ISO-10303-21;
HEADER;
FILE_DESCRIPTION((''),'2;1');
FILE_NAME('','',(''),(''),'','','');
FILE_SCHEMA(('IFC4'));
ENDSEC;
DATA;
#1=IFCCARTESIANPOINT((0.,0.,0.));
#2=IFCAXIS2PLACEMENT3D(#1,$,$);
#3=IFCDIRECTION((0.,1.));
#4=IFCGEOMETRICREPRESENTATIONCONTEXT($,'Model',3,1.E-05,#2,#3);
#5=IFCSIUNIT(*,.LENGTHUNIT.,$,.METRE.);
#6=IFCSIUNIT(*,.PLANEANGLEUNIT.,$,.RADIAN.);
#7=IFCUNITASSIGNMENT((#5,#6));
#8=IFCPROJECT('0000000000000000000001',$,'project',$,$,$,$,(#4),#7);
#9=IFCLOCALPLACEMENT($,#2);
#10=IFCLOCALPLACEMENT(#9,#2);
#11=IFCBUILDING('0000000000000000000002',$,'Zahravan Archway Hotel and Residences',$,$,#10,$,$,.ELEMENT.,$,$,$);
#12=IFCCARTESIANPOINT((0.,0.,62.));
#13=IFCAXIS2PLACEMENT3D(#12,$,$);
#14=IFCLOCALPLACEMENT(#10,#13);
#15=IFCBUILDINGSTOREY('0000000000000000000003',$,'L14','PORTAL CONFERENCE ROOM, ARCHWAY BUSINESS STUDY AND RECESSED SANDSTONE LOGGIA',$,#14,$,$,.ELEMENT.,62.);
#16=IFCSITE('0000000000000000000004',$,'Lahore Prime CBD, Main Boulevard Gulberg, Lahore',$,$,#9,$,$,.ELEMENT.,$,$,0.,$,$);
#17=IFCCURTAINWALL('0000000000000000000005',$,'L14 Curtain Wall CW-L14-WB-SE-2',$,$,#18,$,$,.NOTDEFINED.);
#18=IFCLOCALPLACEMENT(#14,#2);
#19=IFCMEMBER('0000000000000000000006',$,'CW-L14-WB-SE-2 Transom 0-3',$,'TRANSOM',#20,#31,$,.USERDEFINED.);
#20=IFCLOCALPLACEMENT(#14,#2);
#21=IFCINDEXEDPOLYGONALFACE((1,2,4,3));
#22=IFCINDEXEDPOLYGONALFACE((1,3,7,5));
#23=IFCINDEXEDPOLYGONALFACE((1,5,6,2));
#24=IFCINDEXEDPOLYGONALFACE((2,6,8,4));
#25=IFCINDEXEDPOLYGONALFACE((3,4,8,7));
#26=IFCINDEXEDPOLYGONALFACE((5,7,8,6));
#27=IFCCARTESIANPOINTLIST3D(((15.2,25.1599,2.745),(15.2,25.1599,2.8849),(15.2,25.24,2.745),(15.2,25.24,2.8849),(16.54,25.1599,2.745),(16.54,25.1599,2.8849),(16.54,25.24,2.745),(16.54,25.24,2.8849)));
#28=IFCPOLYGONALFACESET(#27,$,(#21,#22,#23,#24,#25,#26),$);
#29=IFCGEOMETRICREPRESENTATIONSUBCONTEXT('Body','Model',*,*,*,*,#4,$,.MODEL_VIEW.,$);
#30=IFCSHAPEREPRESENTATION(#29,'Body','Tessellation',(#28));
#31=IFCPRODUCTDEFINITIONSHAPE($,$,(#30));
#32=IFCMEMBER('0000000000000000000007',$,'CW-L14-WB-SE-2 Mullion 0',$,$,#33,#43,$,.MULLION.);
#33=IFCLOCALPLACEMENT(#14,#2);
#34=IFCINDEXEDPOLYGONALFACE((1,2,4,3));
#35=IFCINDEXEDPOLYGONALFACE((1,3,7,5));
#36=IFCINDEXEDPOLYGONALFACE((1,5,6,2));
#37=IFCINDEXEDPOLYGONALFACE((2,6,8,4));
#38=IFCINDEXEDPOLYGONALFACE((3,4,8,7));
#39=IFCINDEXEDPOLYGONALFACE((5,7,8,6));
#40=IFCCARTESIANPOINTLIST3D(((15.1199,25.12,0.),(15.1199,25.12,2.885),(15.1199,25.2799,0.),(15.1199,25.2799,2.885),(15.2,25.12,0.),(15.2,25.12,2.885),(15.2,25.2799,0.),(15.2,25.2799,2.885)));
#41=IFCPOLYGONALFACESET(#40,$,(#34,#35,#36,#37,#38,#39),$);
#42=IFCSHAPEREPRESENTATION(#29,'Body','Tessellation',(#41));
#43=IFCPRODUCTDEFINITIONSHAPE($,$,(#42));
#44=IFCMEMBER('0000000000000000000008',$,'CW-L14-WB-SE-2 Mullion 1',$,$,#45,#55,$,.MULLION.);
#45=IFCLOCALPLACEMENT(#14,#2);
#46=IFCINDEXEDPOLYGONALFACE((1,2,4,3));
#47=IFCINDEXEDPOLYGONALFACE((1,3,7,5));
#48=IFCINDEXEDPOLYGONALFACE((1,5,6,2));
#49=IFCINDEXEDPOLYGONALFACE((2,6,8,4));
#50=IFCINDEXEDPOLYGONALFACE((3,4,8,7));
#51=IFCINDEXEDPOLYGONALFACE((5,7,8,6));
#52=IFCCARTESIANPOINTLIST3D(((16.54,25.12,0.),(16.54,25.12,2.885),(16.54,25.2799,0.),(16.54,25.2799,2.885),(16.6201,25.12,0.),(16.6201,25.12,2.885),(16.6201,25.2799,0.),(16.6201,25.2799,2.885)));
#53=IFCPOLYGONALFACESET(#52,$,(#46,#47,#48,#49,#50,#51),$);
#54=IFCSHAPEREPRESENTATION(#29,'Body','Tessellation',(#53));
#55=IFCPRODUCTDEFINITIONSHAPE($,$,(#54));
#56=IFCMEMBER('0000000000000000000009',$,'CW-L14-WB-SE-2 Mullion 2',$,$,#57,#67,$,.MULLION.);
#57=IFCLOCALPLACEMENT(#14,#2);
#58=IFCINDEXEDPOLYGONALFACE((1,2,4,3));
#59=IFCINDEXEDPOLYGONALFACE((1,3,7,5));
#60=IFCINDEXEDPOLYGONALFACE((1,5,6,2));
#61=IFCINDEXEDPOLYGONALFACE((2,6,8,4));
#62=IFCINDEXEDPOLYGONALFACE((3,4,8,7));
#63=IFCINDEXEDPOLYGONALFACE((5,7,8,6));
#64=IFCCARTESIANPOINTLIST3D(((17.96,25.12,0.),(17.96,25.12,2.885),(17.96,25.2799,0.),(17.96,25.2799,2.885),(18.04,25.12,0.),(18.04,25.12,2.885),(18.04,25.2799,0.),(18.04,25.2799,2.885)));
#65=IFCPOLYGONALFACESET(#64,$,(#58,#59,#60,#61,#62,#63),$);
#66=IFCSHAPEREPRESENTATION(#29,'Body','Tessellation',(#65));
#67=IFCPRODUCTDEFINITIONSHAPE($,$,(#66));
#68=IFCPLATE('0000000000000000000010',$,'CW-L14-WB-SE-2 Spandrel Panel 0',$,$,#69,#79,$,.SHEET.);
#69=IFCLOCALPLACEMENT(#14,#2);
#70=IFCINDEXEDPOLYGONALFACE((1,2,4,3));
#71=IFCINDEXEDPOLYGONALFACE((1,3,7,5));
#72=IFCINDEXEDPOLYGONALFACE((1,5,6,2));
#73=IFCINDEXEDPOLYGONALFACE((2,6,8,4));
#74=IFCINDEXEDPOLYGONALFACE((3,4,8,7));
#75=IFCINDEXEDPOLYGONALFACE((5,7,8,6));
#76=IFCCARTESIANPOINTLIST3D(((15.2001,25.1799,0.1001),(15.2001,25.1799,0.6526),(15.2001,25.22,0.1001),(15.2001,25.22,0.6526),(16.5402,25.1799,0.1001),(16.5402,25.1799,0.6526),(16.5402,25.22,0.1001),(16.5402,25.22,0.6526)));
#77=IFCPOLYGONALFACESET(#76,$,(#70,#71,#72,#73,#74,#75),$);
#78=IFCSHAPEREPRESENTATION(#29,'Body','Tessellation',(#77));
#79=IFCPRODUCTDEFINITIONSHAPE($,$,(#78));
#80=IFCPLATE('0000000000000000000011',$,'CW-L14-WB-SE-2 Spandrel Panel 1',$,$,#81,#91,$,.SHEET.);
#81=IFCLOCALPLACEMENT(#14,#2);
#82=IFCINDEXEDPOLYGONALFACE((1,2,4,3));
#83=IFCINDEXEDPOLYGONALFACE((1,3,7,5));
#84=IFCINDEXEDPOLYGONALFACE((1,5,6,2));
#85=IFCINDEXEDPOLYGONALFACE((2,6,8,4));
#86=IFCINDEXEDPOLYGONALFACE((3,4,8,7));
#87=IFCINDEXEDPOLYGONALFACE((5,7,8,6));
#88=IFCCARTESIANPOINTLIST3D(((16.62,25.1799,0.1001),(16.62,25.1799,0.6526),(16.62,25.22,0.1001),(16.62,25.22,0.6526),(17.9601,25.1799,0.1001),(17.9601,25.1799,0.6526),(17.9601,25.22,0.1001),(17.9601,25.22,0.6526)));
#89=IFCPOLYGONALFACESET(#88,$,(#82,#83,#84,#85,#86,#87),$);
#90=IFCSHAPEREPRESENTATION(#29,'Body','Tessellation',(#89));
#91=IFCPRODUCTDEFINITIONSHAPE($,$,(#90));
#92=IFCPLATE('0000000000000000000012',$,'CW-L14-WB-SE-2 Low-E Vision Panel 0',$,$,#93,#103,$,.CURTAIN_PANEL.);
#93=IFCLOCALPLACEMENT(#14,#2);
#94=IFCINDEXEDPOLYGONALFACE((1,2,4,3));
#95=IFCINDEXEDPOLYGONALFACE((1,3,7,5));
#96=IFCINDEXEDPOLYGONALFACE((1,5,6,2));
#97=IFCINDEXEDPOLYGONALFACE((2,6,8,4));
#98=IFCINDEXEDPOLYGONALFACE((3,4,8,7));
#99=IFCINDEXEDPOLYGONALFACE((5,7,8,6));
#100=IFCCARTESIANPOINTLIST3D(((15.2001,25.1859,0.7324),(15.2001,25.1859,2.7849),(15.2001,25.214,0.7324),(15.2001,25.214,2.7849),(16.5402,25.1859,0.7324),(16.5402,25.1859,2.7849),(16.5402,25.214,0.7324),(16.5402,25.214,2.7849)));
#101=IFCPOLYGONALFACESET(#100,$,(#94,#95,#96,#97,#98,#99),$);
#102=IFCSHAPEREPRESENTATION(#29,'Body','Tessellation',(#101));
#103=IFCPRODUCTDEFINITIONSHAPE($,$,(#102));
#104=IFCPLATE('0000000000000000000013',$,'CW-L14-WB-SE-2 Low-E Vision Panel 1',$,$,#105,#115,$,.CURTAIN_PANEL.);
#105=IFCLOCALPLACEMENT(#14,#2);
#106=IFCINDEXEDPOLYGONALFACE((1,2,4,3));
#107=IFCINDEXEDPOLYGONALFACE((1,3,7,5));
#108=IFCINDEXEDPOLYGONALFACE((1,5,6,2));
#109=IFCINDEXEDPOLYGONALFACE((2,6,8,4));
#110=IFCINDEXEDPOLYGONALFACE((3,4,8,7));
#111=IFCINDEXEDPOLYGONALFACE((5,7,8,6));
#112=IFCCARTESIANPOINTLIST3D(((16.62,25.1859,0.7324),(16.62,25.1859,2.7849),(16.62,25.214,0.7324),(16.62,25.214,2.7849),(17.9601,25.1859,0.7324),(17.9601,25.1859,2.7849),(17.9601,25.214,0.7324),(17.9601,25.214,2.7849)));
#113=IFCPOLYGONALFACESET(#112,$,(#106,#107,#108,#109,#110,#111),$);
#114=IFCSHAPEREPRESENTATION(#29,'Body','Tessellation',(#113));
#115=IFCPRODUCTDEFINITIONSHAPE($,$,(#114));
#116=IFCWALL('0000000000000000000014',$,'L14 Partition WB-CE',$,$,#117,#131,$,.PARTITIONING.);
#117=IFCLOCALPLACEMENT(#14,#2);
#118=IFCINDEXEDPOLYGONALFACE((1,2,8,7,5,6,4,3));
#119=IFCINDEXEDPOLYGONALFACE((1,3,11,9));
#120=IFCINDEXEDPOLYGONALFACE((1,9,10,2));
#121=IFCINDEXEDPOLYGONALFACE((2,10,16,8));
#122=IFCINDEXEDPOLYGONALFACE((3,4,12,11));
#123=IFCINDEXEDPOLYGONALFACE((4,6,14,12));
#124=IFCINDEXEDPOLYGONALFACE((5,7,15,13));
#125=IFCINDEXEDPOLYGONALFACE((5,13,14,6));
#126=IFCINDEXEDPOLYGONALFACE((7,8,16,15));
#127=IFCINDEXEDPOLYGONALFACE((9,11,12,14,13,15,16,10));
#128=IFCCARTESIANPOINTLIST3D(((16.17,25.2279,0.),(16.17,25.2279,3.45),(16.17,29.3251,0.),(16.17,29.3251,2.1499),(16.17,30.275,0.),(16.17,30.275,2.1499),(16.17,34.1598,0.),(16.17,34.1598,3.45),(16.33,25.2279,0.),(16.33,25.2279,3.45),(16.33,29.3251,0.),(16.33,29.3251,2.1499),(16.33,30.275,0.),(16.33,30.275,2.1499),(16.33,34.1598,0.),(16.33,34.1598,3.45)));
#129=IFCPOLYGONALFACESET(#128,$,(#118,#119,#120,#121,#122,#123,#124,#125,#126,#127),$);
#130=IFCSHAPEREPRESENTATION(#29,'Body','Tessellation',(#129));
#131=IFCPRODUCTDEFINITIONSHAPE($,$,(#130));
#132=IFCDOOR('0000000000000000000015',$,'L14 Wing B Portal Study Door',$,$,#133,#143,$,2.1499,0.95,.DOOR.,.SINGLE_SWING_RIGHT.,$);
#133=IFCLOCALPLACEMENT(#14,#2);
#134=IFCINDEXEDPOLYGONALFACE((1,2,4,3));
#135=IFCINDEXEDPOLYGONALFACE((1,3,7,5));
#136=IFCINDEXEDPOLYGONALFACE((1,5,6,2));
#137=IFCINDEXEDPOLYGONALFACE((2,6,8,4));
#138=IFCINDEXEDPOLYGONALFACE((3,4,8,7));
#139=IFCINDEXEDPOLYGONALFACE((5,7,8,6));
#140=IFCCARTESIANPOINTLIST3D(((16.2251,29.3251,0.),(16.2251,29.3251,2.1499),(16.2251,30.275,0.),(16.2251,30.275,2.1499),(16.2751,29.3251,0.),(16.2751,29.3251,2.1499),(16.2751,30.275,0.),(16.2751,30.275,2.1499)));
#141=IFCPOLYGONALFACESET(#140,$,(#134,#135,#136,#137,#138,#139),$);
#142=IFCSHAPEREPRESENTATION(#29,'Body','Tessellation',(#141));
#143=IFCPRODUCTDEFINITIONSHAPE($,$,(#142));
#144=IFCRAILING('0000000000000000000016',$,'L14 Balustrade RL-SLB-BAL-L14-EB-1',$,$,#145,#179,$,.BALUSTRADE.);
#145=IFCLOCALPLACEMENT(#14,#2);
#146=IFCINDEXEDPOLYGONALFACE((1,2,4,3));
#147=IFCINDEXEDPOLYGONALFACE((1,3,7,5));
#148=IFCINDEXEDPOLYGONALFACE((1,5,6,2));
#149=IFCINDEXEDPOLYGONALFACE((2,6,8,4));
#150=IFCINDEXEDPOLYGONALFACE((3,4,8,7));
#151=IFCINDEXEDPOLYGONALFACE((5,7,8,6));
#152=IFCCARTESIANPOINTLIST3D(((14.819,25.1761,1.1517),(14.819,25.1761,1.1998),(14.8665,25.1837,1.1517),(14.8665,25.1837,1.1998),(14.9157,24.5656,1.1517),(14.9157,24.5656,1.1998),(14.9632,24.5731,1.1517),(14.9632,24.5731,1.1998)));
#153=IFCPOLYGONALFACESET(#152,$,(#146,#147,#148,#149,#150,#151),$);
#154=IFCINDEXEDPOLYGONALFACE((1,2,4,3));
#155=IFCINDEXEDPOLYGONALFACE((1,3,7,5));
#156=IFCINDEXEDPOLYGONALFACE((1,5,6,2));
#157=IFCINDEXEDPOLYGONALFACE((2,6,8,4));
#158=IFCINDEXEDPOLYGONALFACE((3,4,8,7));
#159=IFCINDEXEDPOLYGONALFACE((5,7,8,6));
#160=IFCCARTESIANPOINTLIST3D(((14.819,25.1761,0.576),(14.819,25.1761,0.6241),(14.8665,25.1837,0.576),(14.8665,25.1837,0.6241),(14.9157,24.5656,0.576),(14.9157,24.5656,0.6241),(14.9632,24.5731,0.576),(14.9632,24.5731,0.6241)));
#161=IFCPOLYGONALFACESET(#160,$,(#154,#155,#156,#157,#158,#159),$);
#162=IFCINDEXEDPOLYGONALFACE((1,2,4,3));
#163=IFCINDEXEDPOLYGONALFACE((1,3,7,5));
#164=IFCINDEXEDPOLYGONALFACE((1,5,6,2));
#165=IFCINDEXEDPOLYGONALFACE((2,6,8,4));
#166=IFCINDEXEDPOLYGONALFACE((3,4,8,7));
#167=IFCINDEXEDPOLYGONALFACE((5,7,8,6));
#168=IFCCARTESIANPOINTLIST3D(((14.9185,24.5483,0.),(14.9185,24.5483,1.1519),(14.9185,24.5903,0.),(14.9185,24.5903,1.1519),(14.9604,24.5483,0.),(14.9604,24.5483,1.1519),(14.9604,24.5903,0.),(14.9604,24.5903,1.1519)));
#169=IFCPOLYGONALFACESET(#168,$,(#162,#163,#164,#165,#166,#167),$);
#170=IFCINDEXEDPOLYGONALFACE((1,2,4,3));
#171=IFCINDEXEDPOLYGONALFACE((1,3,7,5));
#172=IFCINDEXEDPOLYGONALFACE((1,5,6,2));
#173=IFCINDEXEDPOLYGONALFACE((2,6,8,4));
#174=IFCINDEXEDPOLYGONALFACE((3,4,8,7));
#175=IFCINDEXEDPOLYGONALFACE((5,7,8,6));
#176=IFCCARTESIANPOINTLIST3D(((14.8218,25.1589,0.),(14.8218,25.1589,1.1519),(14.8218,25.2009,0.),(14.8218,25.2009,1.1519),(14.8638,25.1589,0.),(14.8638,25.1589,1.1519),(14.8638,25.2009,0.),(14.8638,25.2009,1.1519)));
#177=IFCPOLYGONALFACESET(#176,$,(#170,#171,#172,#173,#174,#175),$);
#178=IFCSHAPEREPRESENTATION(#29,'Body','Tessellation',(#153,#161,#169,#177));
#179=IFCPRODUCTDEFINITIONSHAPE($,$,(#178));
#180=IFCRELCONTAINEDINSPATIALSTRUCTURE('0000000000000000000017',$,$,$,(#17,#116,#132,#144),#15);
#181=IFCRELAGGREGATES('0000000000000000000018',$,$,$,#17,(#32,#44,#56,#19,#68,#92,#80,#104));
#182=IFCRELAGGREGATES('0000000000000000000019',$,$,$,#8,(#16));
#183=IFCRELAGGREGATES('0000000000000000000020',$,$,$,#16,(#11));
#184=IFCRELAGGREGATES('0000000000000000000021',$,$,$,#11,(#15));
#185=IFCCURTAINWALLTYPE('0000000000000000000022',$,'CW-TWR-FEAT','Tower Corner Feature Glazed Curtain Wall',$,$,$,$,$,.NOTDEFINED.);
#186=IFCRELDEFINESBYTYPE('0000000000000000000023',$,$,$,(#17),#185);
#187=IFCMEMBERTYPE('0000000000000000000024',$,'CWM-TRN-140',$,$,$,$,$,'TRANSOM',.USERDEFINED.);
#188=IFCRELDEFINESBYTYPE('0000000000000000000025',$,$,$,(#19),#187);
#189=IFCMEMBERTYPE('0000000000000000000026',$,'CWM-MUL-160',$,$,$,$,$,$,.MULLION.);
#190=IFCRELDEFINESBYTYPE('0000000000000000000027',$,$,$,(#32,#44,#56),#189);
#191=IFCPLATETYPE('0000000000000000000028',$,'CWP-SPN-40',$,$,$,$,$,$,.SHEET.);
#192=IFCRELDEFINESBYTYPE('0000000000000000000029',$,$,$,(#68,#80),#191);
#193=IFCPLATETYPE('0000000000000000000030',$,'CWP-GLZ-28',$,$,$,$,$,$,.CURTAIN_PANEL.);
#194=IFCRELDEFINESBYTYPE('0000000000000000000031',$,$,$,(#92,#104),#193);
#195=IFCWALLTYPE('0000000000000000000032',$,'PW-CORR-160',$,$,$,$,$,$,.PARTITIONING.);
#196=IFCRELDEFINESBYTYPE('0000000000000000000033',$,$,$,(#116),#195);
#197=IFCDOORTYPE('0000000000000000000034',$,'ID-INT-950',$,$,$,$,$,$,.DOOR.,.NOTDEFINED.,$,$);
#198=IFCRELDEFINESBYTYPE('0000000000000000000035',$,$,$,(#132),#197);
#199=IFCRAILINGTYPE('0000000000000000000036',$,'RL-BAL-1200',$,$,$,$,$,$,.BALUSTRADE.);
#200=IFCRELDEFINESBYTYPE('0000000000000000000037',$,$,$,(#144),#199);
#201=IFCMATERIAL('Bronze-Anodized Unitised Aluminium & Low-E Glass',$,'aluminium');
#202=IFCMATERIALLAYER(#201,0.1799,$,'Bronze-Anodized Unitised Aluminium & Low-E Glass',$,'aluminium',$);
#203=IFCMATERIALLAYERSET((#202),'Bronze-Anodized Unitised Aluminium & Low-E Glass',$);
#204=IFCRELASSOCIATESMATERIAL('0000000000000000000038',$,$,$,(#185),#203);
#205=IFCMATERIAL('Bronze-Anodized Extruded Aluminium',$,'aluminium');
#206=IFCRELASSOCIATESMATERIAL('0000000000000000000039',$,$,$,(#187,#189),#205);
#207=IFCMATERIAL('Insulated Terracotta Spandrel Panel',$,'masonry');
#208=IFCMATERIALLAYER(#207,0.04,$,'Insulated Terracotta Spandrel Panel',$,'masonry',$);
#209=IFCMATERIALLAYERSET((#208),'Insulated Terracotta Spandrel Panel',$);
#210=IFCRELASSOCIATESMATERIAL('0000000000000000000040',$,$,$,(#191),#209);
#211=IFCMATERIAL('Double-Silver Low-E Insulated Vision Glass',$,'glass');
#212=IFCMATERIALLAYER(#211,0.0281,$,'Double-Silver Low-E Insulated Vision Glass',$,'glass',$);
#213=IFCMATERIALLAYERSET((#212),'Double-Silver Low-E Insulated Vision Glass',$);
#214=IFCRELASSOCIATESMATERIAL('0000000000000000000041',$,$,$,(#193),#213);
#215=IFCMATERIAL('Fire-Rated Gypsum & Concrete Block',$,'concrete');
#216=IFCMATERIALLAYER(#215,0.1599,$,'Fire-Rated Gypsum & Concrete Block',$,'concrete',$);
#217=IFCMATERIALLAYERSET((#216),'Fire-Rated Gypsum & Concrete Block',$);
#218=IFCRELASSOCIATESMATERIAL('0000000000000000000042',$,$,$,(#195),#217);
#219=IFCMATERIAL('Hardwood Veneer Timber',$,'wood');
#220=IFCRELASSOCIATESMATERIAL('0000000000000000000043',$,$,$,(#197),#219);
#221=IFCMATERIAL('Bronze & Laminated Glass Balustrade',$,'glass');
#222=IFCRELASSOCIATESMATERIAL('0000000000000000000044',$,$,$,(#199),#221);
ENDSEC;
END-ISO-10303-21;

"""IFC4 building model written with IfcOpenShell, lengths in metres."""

from ifc_helpers import new_model, si_unit, direction, frame, frame_2d, origin, origin_2d, place, context, subcontext, project, spatial, rectangle, extrude, source, transform, mapped, material, layer, layer_set, material_profile, profile_set, type_object, type_shapes, element, fill, aggregate, save


model = new_model("IFC4")

# Units and contexts
model_context = context("Model", 3, precision=1e-05, world=origin(), true_north=direction((0.0, 1.0)))
body_context = subcontext(model_context, "Body", "Model", "MODEL_VIEW")
ifc_project = project(units=[si_unit("LENGTHUNIT", "METRE"), si_unit("PLANEANGLEUNIT", "RADIAN")], contexts=[model_context])

# Site, building, storey
site_placement = place(None, origin())
site = spatial("IfcSite", under=ifc_project, at=site_placement, Name="Lahore Prime CBD, Main Boulevard Gulberg, Lahore", CompositionType="ELEMENT", RefElevation=0.0)
building_placement = place(site_placement, origin())
building = spatial("IfcBuilding", under=site, at=building_placement, Name="Zahravan Archway Hotel and Residences", CompositionType="ELEMENT")
storey_placement = place(building_placement, frame((0.0, 0.0, 62.0)))
storey = spatial("IfcBuildingStorey", under=building, at=storey_placement, Name="L14", Description="PORTAL CONFERENCE ROOM, ARCHWAY BUSINESS STUDY AND RECESSED SANDSTONE LOGGIA", CompositionType="ELEMENT", Elevation=62.0)

# Curtain wall, members, plates
ifc_material_1 = material(Name="Bronze-Anodized Unitised Aluminium & Low-E Glass", Category="aluminium")
ifc_layer_1 = layer(ifc_material_1, 0.1799, Name="Bronze-Anodized Unitised Aluminium & Low-E Glass", Category="aluminium")
ifc_layer_set_1 = layer_set([ifc_layer_1], Name="Bronze-Anodized Unitised Aluminium & Low-E Glass")
curtain_wall_type = type_object("IfcCurtainWallType", Name="CW-TWR-FEAT", Description="Tower Corner Feature Glazed Curtain Wall", PredefinedType="NOTDEFINED", material=ifc_layer_set_1)
curtain_wall_placement = place(storey_placement, origin())
curtain_wall = element("IfcCurtainWall", 1, at=curtain_wall_placement, inside=storey, type_object=curtain_wall_type, Name="L14 Curtain Wall CW-L14-WB-SE-2", PredefinedType="NOTDEFINED")
ifc_material_2 = material(Name="Bronze-Anodized Extruded Aluminium", Category="aluminium")
ifc_material_profile_1 = material_profile(ifc_material_2, rectangle(XDim=0.0801, YDim=0.1399, at=origin_2d()), Name="TRN 80x140", Category="aluminium")
ifc_profile_set_1 = profile_set([ifc_material_profile_1], Name="Bronze-Anodized Extruded Aluminium")
member_type_1 = type_object("IfcMemberType", Name="CWM-TRN-140", ElementType="TRANSOM", PredefinedType="USERDEFINED", material=ifc_profile_set_1)
shared_shape_1 = source(origin(), body_context, "Body", "SweptSolid", [
    extrude(rectangle(XDim=0.0801, YDim=0.1399, at=origin_2d()), origin(), (0.0, 0.0, 1.0), 1.3401),
])
member_1_placement = place(storey_placement, frame((15.2, 25.2, 2.8149), z_axis=(1.0, 0.0, 0.0), x_axis=(0.0, 1.0, 0.0)))
member_1 = element("IfcMember", 2, at=member_1_placement, type_object=member_type_1, Name="CW-L14-WB-SE-2 Transom 0-3", ObjectType="TRANSOM", PredefinedType="USERDEFINED", context=body_context, shape_type="MappedRepresentation", body=[
    mapped(shared_shape_1, transform((0.0, 0.0, 0.0), scale=1.0)),
])
ifc_material_profile_2 = material_profile(ifc_material_2, rectangle(XDim=0.0801, YDim=0.1599, at=origin_2d()), Name="MUL 80x160", Category="aluminium")
ifc_profile_set_2 = profile_set([ifc_material_profile_2], Name="Bronze-Anodized Extruded Aluminium")
member_type_2 = type_object("IfcMemberType", Name="CWM-MUL-160", PredefinedType="MULLION", material=ifc_profile_set_2)
shared_shape_2 = source(origin(), body_context, "Body", "SweptSolid", [
    extrude(rectangle(XDim=0.0801, YDim=0.1599, at=origin_2d()), origin(), (0.0, 0.0, 1.0), 2.885),
])
member_2_placement = place(storey_placement, frame((15.1599, 25.2, 0.0), z_axis=(0.0, 0.0, 1.0), x_axis=(1.0, 0.0, 0.0)))
member_2 = element("IfcMember", 3, at=member_2_placement, type_object=member_type_2, Name="CW-L14-WB-SE-2 Mullion 0", PredefinedType="MULLION", context=body_context, shape_type="MappedRepresentation", body=[
    mapped(shared_shape_2, transform((0.0, 0.0, 0.0), scale=1.0)),
])
member_3_placement = place(storey_placement, frame((16.5801, 25.2, 0.0), z_axis=(0.0, 0.0, 1.0), x_axis=(1.0, 0.0, 0.0)))
member_3 = element("IfcMember", 4, at=member_3_placement, type_object=member_type_2, Name="CW-L14-WB-SE-2 Mullion 1", PredefinedType="MULLION", context=body_context, shape_type="MappedRepresentation", body=[
    mapped(shared_shape_2, transform((0.0, 0.0, 0.0), scale=1.0)),
])
member_4_placement = place(storey_placement, frame((18.0, 25.2, 0.0), z_axis=(0.0, 0.0, 1.0), x_axis=(1.0, 0.0, 0.0)))
member_4 = element("IfcMember", 5, at=member_4_placement, type_object=member_type_2, Name="CW-L14-WB-SE-2 Mullion 2", PredefinedType="MULLION", context=body_context, shape_type="MappedRepresentation", body=[
    mapped(shared_shape_2, transform((0.0, 0.0, 0.0), scale=1.0)),
])
ifc_material_3 = material(Name="Insulated Terracotta Spandrel Panel", Category="masonry")
ifc_layer_2 = layer(ifc_material_3, 0.04, Name="Insulated Terracotta Spandrel Panel", Category="masonry")
ifc_layer_set_2 = layer_set([ifc_layer_2], Name="Insulated Terracotta Spandrel Panel")
plate_type_1 = type_object("IfcPlateType", Name="CWP-SPN-40", PredefinedType="SHEET", material=ifc_layer_set_2)
shared_shape_3 = source(origin(), body_context, "Body", "SweptSolid", [
    extrude(rectangle(XDim=1.3401, YDim=0.04, at=origin_2d()), origin(), (0.0, 0.0, 1.0), 0.5525),
])
plate_1_placement = place(storey_placement, frame((15.8701, 25.2, 0.1001), z_axis=(0.0, 0.0, 1.0), x_axis=(1.0, 0.0, 0.0)))
plate_1 = element("IfcPlate", 6, at=plate_1_placement, type_object=plate_type_1, Name="CW-L14-WB-SE-2 Spandrel Panel 0", PredefinedType="SHEET", context=body_context, shape_type="MappedRepresentation", body=[
    mapped(shared_shape_3, transform((0.0, 0.0, 0.0), scale=1.0)),
])
plate_2_placement = place(storey_placement, frame((17.29, 25.2, 0.1001), z_axis=(0.0, 0.0, 1.0), x_axis=(1.0, 0.0, 0.0)))
plate_2 = element("IfcPlate", 7, at=plate_2_placement, type_object=plate_type_1, Name="CW-L14-WB-SE-2 Spandrel Panel 1", PredefinedType="SHEET", context=body_context, shape_type="MappedRepresentation", body=[
    mapped(shared_shape_3, transform((0.0, 0.0, 0.0), scale=1.0)),
])
ifc_material_4 = material(Name="Double-Silver Low-E Insulated Vision Glass", Category="glass")
ifc_layer_3 = layer(ifc_material_4, 0.0281, Name="Double-Silver Low-E Insulated Vision Glass", Category="glass")
ifc_layer_set_3 = layer_set([ifc_layer_3], Name="Double-Silver Low-E Insulated Vision Glass")
plate_type_2 = type_object("IfcPlateType", Name="CWP-GLZ-28", PredefinedType="CURTAIN_PANEL", material=ifc_layer_set_3)
shared_shape_4 = source(origin(), body_context, "Body", "SweptSolid", [
    extrude(rectangle(XDim=1.3401, YDim=0.0281, at=origin_2d()), origin(), (0.0, 0.0, 1.0), 2.0525),
])
plate_3_placement = place(storey_placement, frame((15.8701, 25.2, 0.7324), z_axis=(0.0, 0.0, 1.0), x_axis=(1.0, 0.0, 0.0)))
plate_3 = element("IfcPlate", 8, at=plate_3_placement, type_object=plate_type_2, Name="CW-L14-WB-SE-2 Low-E Vision Panel 0", PredefinedType="CURTAIN_PANEL", context=body_context, shape_type="MappedRepresentation", body=[
    mapped(shared_shape_4, transform((0.0, 0.0, 0.0), scale=1.0)),
])
plate_4_placement = place(storey_placement, frame((17.29, 25.2, 0.7324), z_axis=(0.0, 0.0, 1.0), x_axis=(1.0, 0.0, 0.0)))
plate_4 = element("IfcPlate", 9, at=plate_4_placement, type_object=plate_type_2, Name="CW-L14-WB-SE-2 Low-E Vision Panel 1", PredefinedType="CURTAIN_PANEL", context=body_context, shape_type="MappedRepresentation", body=[
    mapped(shared_shape_4, transform((0.0, 0.0, 0.0), scale=1.0)),
])
aggregate(curtain_wall, [member_2, member_3, member_4, member_1, plate_1, plate_3, plate_2, plate_4])

# Wall, opening, door
ifc_material_5 = material(Name="Fire-Rated Gypsum & Concrete Block", Category="concrete")
ifc_layer_4 = layer(ifc_material_5, 0.1599, Name="Fire-Rated Gypsum & Concrete Block", Category="concrete")
ifc_layer_set_4 = layer_set([ifc_layer_4], Name="Fire-Rated Gypsum & Concrete Block")
wall_type = type_object("IfcWallType", Name="PW-CORR-160", PredefinedType="PARTITIONING", material=ifc_layer_set_4)
wall_placement = place(storey_placement, frame((16.25, 25.228, 0.0), z_axis=(0.0, 0.0, 1.0), x_axis=(0.0, 1.0, 0.0)))
wall = element("IfcWall", 10, at=wall_placement, inside=storey, type_object=wall_type, Name="L14 Partition WB-CE", PredefinedType="PARTITIONING", context=body_context, shape_type="SweptSolid", body=[
    extrude(rectangle(XDim=8.9319, YDim=0.1599, at=frame_2d((4.4658, 0.0))), origin(), (0.0, 0.0, 1.0), 3.45),
])
opening_placement = place(wall_placement, frame((4.0969, 0.0, 0.0)))
opening = element("IfcOpeningElement", 11, at=opening_placement, cuts=wall, PredefinedType="OPENING", context=body_context, shape_type="SweptSolid", body=[
    extrude(rectangle(XDim=0.95, YDim=2.1499, at=frame_2d((0.4751, 1.075))), frame((0.0, 0.0898, 0.0), z_axis=(0.0, -1.0, 0.0), x_axis=(1.0, 0.0, 0.0)), (0.0, 0.0, 1.0), 0.1799),
])
ifc_material_6 = material(Name="Hardwood Veneer Timber", Category="wood")
door_type = type_object("IfcDoorType", Name="ID-INT-950", OperationType="NOTDEFINED", PredefinedType="DOOR", material=ifc_material_6)
shared_shape_5 = source(origin(), body_context, "Body", "SweptSolid", [
    extrude(rectangle(XDim=0.95, YDim=2.1499, at=frame_2d((0.4751, 1.075))), frame((0.0, 0.0249, 0.0), z_axis=(0.0, -1.0, 0.0), x_axis=(1.0, 0.0, 0.0)), (0.0, 0.0, 1.0), 0.05),
])
type_shapes(door_type, [shared_shape_5])
door_placement = place(opening_placement, origin())
door = element("IfcDoor", 12, at=door_placement, inside=storey, type_object=door_type, Name="L14 Wing B Portal Study Door", OperationType="SINGLE_SWING_RIGHT", OverallHeight=2.1499, OverallWidth=0.95, PredefinedType="DOOR", context=body_context, shape_type="MappedRepresentation", body=[
    mapped(shared_shape_5, transform((0.0, 0.0, 0.0), scale=1.0)),
])
fill(opening, door)

# Railing
ifc_material_7 = material(Name="Bronze & Laminated Glass Balustrade", Category="glass")
railing_type = type_object("IfcRailingType", Name="RL-BAL-1200", PredefinedType="BALUSTRADE", material=ifc_material_7)
railing_placement = place(storey_placement, frame((14.9395, 24.5693, 0.0)))
element("IfcRailing", 13, at=railing_placement, inside=storey, type_object=railing_type, Name="L14 Balustrade RL-SLB-BAL-L14-EB-1", PredefinedType="BALUSTRADE", context=body_context, shape_type="SweptSolid", body=[
    extrude(rectangle(XDim=0.0481, YDim=0.0481, at=origin_2d()), frame((0.0, 0.0, 1.1758), z_axis=(-0.156388, 0.987696, 0.0), x_axis=(-0.987696, -0.156388, 0.0)), (0.0, 0.0, 1.0), 0.6182),
    extrude(rectangle(XDim=0.0481, YDim=0.0481, at=origin_2d()), frame((0.0, 0.0, 0.6001), z_axis=(-0.156388, 0.987696, 0.0), x_axis=(-0.987696, -0.156388, 0.0)), (0.0, 0.0, 1.0), 0.6182),
    extrude(rectangle(XDim=0.042, YDim=0.042, at=origin_2d()), origin(), (0.0, 0.0, 1.0), 1.1519),
    extrude(rectangle(XDim=0.042, YDim=0.042, at=origin_2d()), frame((-0.0967, 0.6106, 0.0)), (0.0, 0.0, 1.0), 1.1519),
])

save(model, "model.ifc")
